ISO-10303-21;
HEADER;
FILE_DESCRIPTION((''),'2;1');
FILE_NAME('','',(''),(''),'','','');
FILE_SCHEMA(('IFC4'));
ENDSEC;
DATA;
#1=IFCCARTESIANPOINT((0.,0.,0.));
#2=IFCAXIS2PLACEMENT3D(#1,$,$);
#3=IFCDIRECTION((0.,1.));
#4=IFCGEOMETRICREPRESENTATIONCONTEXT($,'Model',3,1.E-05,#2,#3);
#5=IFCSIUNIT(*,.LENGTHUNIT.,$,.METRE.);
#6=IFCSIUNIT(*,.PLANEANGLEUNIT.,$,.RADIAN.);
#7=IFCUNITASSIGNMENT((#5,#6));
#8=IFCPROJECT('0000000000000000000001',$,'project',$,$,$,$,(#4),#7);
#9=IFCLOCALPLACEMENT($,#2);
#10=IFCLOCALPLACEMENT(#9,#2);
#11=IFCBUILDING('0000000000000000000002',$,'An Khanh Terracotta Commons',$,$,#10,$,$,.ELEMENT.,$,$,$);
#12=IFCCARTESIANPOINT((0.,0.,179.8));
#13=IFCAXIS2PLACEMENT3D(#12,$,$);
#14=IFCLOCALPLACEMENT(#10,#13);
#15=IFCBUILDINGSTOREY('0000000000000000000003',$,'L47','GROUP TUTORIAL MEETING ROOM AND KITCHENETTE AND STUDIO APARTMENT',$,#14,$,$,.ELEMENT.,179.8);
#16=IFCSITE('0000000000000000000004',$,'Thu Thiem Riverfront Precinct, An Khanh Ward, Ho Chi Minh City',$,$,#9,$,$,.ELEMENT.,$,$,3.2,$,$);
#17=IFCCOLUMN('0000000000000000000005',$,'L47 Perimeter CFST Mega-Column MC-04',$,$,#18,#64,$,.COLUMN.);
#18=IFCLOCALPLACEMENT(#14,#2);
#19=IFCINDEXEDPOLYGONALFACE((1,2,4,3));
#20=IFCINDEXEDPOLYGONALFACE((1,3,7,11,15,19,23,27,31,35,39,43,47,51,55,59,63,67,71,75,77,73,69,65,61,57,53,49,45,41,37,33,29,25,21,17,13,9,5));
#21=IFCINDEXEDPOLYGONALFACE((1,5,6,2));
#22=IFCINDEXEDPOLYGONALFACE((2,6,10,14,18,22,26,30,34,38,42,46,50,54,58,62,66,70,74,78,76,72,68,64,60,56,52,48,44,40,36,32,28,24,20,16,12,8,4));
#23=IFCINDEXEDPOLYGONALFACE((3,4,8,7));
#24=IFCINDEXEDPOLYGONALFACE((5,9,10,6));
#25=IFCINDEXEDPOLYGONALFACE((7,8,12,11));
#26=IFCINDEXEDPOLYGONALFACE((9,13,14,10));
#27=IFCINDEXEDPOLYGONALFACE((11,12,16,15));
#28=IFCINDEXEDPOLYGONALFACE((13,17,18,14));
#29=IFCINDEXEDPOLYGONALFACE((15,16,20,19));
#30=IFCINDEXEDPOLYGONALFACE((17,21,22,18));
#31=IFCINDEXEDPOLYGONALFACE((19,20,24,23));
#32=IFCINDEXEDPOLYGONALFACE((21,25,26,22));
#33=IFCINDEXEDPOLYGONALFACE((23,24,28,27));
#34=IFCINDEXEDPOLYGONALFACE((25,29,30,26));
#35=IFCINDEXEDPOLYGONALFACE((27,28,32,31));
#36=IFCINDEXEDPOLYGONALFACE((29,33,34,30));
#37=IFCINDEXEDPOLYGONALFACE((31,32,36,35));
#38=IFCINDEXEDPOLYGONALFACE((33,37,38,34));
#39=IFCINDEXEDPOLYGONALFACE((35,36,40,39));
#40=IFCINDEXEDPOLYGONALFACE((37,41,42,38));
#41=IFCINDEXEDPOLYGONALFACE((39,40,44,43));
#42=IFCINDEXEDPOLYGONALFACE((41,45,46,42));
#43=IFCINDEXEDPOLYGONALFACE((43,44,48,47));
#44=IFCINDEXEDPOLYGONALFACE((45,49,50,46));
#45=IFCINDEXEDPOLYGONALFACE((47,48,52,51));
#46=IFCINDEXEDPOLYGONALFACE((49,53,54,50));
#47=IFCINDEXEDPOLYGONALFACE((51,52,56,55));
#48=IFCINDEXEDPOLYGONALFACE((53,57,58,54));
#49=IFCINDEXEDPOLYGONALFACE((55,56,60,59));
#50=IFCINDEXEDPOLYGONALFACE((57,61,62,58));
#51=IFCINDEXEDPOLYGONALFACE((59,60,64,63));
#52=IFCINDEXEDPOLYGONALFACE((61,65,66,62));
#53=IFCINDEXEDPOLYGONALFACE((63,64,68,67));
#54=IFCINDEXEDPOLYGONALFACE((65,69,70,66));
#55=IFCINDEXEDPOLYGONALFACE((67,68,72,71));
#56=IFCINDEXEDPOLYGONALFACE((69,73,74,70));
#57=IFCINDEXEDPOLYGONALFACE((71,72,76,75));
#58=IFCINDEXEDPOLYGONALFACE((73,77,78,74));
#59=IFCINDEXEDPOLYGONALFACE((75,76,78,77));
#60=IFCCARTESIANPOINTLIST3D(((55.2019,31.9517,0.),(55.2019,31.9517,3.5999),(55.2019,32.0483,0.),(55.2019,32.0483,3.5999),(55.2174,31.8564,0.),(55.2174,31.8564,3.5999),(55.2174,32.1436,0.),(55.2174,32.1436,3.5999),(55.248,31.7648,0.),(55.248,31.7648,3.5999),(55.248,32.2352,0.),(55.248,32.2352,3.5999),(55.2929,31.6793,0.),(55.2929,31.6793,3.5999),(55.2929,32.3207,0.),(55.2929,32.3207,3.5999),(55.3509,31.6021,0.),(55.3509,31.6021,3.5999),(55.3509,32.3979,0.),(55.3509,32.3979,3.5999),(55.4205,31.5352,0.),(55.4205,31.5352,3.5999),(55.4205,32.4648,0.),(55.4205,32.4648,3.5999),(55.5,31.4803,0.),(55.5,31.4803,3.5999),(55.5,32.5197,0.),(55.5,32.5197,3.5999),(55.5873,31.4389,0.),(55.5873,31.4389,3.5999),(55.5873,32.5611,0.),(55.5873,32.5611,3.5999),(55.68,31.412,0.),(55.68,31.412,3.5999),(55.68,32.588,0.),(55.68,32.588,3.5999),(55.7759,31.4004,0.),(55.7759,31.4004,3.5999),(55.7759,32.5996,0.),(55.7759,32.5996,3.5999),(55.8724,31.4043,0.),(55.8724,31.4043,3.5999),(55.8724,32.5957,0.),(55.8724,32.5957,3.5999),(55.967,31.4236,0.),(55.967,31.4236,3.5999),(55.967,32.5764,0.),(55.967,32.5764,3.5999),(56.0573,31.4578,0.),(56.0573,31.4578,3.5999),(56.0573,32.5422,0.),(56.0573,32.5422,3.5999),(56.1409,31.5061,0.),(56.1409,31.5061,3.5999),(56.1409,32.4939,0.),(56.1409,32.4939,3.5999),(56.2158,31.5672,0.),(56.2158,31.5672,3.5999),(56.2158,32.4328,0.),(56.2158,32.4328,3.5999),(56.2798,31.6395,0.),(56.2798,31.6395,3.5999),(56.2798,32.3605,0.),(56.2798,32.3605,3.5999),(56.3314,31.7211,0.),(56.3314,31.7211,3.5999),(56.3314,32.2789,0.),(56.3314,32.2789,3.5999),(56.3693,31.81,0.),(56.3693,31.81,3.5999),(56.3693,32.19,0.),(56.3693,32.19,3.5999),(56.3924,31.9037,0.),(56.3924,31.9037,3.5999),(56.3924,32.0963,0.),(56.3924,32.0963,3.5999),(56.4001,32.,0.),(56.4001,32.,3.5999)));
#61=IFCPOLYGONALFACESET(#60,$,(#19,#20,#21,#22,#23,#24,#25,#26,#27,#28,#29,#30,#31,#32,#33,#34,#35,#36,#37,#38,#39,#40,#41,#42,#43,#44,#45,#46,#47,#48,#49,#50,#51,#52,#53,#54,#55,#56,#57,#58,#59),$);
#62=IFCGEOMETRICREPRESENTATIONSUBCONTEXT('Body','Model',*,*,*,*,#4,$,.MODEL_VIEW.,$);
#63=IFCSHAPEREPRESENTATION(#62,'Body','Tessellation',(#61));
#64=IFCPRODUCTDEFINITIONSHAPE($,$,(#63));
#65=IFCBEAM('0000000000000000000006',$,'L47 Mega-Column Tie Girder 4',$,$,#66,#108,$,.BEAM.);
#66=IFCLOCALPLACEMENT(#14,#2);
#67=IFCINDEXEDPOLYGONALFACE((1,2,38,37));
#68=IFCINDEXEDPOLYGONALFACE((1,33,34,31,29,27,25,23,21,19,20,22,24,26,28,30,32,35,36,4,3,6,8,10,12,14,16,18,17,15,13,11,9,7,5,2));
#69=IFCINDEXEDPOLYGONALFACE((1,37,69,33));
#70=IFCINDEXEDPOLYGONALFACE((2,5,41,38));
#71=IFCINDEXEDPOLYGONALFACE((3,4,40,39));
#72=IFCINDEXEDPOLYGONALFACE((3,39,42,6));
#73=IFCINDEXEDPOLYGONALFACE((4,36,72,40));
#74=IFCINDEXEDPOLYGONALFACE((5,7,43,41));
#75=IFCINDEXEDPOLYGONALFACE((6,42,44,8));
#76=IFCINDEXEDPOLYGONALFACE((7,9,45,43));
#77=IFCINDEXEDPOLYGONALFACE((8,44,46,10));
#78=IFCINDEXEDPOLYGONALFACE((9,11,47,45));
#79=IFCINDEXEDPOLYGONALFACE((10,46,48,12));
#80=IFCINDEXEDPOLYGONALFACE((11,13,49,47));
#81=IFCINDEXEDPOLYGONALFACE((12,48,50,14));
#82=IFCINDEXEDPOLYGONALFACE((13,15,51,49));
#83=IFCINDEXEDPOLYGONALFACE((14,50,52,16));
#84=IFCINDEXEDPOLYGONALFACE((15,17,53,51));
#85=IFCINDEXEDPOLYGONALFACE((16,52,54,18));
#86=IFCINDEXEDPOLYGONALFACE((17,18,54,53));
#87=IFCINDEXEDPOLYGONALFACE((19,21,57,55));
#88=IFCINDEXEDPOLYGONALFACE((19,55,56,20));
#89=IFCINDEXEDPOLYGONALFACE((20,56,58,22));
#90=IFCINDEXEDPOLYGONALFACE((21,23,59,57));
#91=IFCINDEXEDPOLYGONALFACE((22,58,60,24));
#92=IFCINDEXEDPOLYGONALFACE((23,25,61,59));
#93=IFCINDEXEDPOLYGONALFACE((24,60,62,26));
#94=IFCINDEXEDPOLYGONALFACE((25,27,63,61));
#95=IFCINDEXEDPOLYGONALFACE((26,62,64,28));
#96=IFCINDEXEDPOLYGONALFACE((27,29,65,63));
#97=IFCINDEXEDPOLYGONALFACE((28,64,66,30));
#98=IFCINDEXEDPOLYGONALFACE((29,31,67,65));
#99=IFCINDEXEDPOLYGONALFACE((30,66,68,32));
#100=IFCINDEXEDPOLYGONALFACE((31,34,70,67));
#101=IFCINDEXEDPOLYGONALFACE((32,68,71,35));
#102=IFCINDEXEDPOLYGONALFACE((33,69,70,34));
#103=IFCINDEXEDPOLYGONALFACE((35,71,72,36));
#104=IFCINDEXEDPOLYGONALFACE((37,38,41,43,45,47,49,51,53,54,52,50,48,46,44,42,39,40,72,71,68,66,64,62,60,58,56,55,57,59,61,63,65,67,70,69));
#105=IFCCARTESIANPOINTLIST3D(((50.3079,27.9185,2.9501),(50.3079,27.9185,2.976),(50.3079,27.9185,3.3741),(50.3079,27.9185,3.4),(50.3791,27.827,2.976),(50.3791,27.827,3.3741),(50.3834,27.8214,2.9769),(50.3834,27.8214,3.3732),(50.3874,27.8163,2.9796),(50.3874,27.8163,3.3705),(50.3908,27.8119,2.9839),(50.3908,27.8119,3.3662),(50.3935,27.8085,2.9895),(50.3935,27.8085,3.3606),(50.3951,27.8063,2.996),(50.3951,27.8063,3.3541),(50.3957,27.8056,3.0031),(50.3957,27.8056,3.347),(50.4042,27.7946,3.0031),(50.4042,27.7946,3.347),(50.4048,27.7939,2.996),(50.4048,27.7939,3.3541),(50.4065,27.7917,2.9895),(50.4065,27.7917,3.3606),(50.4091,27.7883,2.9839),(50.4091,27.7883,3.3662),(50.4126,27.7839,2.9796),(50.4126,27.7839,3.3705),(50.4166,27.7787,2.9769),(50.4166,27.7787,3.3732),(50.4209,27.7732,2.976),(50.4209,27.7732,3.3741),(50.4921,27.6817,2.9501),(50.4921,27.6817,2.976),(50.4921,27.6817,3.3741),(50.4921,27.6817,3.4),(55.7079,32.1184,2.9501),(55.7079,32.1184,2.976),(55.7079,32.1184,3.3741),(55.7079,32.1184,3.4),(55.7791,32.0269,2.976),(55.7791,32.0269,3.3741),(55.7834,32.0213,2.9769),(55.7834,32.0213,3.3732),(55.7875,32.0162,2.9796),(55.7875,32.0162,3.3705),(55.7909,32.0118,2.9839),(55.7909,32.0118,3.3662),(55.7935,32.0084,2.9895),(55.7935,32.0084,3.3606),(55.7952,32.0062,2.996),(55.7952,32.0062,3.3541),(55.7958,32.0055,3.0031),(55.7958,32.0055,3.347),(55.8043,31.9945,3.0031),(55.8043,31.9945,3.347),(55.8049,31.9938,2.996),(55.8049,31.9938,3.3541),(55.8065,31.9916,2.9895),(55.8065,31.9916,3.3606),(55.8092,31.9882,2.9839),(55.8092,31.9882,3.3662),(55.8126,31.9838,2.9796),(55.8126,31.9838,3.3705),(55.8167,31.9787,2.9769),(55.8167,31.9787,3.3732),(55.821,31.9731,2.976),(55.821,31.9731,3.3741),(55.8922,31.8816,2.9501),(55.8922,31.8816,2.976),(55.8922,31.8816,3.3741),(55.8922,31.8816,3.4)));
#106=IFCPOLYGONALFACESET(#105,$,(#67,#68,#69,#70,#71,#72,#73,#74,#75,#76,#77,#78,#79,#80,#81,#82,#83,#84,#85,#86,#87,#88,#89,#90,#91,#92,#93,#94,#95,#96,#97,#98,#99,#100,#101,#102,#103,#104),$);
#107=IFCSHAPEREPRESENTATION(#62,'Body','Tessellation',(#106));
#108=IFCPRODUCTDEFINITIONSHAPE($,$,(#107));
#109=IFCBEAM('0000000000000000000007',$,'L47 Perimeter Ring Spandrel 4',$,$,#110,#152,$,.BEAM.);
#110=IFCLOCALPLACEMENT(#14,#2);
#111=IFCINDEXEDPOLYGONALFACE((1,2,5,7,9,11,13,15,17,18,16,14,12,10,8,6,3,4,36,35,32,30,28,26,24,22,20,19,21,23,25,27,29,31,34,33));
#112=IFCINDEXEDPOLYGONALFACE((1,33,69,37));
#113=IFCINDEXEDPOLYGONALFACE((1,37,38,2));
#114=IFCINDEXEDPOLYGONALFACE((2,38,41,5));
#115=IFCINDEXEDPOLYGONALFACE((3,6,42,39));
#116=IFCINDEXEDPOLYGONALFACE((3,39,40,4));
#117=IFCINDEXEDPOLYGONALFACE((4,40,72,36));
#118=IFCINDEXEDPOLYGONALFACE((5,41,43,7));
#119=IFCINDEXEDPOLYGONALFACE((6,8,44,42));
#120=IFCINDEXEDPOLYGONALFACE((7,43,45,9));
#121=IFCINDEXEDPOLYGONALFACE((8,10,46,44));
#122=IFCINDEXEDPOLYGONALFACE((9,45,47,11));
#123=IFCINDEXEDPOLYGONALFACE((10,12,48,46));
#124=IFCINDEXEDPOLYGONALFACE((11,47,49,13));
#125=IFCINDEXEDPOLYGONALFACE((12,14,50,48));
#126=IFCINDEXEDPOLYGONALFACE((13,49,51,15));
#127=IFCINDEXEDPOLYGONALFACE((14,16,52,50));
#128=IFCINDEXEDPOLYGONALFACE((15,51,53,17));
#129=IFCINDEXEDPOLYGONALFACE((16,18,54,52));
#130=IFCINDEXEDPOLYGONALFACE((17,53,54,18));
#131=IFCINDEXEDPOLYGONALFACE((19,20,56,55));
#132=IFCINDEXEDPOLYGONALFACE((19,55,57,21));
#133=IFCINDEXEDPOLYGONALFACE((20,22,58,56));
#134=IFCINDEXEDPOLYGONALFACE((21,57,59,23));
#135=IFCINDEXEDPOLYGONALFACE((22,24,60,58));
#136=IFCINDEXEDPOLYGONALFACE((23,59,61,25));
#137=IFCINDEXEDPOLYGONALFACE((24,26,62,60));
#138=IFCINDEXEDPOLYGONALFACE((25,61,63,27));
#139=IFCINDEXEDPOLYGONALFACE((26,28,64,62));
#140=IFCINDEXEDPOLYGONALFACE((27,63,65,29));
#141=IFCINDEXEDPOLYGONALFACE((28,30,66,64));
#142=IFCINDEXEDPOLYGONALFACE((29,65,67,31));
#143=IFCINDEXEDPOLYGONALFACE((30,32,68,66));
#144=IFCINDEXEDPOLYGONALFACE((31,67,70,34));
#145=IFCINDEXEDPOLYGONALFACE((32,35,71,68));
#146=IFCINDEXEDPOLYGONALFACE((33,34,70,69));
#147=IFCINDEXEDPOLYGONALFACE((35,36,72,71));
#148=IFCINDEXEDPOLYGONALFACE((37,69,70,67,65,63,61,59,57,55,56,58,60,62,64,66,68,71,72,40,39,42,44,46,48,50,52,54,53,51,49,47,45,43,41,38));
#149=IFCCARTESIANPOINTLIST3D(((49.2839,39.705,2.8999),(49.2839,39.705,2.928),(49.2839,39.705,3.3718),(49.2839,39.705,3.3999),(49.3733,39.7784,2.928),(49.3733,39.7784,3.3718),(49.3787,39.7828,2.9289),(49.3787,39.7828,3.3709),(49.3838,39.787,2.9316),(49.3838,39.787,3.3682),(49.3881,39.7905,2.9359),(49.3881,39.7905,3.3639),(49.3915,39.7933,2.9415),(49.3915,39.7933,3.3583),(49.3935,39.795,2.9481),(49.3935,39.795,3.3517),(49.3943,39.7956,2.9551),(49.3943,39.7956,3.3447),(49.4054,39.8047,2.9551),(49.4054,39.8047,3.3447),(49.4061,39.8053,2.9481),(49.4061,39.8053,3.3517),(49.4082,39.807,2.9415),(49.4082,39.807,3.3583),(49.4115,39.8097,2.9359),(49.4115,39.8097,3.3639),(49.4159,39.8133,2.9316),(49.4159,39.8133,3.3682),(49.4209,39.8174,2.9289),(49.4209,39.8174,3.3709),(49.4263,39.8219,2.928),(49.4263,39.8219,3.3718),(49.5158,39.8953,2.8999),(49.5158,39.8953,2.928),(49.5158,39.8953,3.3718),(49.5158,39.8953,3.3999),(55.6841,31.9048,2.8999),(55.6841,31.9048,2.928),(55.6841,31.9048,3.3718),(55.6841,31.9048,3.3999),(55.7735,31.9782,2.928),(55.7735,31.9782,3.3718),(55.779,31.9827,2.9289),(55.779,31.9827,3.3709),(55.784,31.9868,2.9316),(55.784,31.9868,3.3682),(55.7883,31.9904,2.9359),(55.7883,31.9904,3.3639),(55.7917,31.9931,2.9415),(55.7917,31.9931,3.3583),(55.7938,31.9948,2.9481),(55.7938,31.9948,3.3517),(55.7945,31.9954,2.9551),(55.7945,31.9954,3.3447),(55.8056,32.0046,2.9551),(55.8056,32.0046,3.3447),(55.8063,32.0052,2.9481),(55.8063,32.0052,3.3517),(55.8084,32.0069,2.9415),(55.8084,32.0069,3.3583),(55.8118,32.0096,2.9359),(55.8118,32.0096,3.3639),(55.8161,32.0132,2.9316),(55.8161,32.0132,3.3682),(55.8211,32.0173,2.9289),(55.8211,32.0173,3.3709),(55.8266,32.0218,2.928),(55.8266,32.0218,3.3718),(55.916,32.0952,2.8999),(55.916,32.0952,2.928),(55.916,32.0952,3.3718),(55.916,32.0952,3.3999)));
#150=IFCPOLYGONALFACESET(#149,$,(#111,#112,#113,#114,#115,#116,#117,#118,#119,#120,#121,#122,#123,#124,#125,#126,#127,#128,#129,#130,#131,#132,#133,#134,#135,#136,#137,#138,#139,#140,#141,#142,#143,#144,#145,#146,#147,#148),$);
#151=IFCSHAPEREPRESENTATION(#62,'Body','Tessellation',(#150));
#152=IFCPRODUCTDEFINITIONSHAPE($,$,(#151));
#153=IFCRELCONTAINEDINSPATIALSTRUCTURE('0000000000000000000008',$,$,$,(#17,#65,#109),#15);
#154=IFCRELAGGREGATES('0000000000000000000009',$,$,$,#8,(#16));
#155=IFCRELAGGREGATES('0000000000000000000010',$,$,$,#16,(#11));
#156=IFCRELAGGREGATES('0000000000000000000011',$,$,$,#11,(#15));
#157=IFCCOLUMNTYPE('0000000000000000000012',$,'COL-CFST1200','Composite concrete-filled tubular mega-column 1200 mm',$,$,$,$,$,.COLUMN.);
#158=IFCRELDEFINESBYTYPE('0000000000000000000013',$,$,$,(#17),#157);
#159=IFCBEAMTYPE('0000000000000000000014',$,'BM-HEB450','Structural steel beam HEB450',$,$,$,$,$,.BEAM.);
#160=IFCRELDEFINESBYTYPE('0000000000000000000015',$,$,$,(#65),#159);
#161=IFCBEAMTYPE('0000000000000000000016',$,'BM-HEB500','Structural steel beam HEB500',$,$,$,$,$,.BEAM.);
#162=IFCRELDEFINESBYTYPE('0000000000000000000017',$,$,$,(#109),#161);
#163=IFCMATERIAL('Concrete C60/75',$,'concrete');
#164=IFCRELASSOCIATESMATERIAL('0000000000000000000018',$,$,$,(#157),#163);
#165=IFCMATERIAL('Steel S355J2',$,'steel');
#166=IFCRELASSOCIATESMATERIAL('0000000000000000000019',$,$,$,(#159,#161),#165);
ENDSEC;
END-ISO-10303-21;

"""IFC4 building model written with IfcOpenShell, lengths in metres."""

from ifc_helpers import new_model, si_unit, direction, frame, origin, origin_2d, place, context, subcontext, project, spatial, circle, i_section, extrude, material, material_profile, profile_set, type_object, element, save


model = new_model("IFC4")

# Units and contexts
model_context = context("Model", 3, precision=1e-05, world=origin(), true_north=direction((0.0, 1.0)))
body_context = subcontext(model_context, "Body", "Model", "MODEL_VIEW")
ifc_project = project(units=[si_unit("LENGTHUNIT", "METRE"), si_unit("PLANEANGLEUNIT", "RADIAN")], contexts=[model_context])

# Site, building, storey
site_placement = place(None, origin())
site = spatial("IfcSite", under=ifc_project, at=site_placement, Name="Thu Thiem Riverfront Precinct, An Khanh Ward, Ho Chi Minh City", CompositionType="ELEMENT", RefElevation=3.2)
building_placement = place(site_placement, origin())
building = spatial("IfcBuilding", under=site, at=building_placement, Name="An Khanh Terracotta Commons", CompositionType="ELEMENT")
storey_placement = place(building_placement, frame((0.0, 0.0, 179.8)))
storey = spatial("IfcBuildingStorey", under=building, at=storey_placement, Name="L47", Description="GROUP TUTORIAL MEETING ROOM AND KITCHENETTE AND STUDIO APARTMENT", CompositionType="ELEMENT", Elevation=179.8)

# Column
ifc_material_1 = material(Name="Concrete C60/75", Category="concrete")
ifc_material_profile_1 = material_profile(ifc_material_1, circle(Radius=0.6001, at=origin_2d()), Name="CFST1200")
ifc_profile_set_1 = profile_set([ifc_material_profile_1], Name="Concrete C60/75")
column_type = type_object("IfcColumnType", Name="COL-CFST1200", Description="Composite concrete-filled tubular mega-column 1200 mm", PredefinedType="COLUMN", material=ifc_profile_set_1)
column_placement = place(storey_placement, frame((55.8, 32.0, 0.0), z_axis=(0.0, 0.0, 1.0), x_axis=(1.0, 0.0, 0.0)))
element("IfcColumn", 1, at=column_placement, inside=storey, type_object=column_type, Name="L47 Perimeter CFST Mega-Column MC-04", PredefinedType="COLUMN", context=body_context, shape_type="SweptSolid", body=[
    extrude(circle(Radius=0.6001, at=origin_2d()), origin(), (0.0, 0.0, 1.0), 3.5999),
])

# Beams
ifc_material_2 = material(Name="Steel S355J2", Category="steel")
ifc_material_profile_2 = material_profile(ifc_material_2, i_section(OverallWidth=0.3, OverallDepth=0.45, WebThickness=0.0139, FlangeThickness=0.0259, FilletRadius=0.0271, at=origin_2d()), Name="HEB450")
ifc_profile_set_2 = profile_set([ifc_material_profile_2], Name="Steel S355J2")
beam_type_1 = type_object("IfcBeamType", Name="BM-HEB450", Description="Structural steel beam HEB450", PredefinedType="BEAM", material=ifc_profile_set_2)
beam_1_placement = place(storey_placement, frame((55.8, 32.0, 3.175), z_axis=(-0.789364, -0.613926, 0.0), x_axis=(0.613926, -0.789364, 0.0)))
element("IfcBeam", 2, at=beam_1_placement, inside=storey, type_object=beam_type_1, Name="L47 Mega-Column Tie Girder 4", PredefinedType="BEAM", context=body_context, shape_type="SweptSolid", body=[
    extrude(i_section(OverallWidth=0.3, OverallDepth=0.45, WebThickness=0.0139, FlangeThickness=0.0259, FilletRadius=0.0271, at=origin_2d()), origin(), (0.0, 0.0, 1.0), 6.8411),
])
ifc_material_profile_3 = material_profile(ifc_material_2, i_section(OverallWidth=0.3, OverallDepth=0.5, WebThickness=0.0144, FlangeThickness=0.0281, FilletRadius=0.0271, at=origin_2d()), Name="HEB500")
ifc_profile_set_3 = profile_set([ifc_material_profile_3], Name="Steel S355J2")
beam_type_2 = type_object("IfcBeamType", Name="BM-HEB500", Description="Structural steel beam HEB500", PredefinedType="BEAM", material=ifc_profile_set_3)
beam_2_placement = place(storey_placement, frame((55.8, 32.0, 3.1499), z_axis=(-0.634323, 0.773068, 0.0), x_axis=(-0.773068, -0.634323, 0.0)))
element("IfcBeam", 3, at=beam_2_placement, inside=storey, type_object=beam_type_2, Name="L47 Perimeter Ring Spandrel 4", PredefinedType="BEAM", context=body_context, shape_type="SweptSolid", body=[
    extrude(i_section(OverallWidth=0.3, OverallDepth=0.5, WebThickness=0.0144, FlangeThickness=0.0281, FilletRadius=0.0271, at=origin_2d()), origin(), (0.0, 0.0, 1.0), 10.0898),
])

save(model, "model.ifc")
